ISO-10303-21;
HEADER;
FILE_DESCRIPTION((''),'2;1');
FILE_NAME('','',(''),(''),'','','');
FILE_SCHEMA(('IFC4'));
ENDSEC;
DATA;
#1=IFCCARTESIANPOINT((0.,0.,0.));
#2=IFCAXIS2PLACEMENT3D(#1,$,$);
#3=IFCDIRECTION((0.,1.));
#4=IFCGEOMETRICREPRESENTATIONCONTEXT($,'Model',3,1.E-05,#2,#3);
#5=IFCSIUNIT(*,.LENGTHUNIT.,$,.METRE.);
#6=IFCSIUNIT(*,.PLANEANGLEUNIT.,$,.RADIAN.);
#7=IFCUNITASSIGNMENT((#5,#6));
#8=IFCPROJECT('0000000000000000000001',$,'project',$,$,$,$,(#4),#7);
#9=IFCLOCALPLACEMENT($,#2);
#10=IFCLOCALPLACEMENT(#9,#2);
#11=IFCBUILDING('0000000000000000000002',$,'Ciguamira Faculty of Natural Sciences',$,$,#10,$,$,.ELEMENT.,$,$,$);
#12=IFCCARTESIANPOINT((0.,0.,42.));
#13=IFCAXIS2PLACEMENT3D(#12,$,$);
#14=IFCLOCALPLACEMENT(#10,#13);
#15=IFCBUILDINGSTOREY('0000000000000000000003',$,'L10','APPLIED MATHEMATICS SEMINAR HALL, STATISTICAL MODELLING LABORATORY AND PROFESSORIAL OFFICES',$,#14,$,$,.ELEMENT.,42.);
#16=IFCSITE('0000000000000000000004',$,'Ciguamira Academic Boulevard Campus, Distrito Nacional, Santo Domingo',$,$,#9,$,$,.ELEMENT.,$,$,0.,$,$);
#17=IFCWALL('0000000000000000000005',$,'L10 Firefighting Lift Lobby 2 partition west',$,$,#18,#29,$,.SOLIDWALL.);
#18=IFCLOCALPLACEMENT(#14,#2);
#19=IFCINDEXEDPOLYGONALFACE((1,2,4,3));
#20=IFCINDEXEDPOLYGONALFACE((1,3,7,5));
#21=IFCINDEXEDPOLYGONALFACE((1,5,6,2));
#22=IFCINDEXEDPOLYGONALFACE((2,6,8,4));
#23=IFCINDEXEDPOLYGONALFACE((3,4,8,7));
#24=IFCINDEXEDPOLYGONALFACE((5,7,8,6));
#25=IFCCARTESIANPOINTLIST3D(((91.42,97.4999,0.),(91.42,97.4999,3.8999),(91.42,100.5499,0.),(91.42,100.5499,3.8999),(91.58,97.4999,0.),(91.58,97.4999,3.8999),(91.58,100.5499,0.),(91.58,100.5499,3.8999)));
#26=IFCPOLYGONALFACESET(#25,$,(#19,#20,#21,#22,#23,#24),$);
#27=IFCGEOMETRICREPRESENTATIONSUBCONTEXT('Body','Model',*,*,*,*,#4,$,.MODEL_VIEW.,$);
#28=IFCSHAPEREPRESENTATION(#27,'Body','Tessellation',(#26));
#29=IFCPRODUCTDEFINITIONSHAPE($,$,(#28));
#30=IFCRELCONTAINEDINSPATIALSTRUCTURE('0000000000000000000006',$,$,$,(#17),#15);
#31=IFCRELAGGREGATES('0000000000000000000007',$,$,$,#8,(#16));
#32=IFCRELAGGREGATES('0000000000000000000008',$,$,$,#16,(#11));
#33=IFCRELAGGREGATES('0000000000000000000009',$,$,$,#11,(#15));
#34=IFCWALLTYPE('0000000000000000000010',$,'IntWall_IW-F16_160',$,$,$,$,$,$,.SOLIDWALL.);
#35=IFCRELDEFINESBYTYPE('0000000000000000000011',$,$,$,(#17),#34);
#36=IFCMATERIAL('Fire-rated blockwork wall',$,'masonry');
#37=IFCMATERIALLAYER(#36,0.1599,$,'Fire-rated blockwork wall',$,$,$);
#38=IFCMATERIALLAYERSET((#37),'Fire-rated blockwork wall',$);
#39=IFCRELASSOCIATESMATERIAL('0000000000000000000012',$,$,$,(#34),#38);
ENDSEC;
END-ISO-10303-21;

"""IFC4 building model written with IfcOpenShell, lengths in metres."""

from ifc_helpers import new_model, si_unit, direction, frame, frame_2d, origin, place, context, subcontext, project, spatial, rectangle, extrude, material, layer, layer_set, type_object, element, save


model = new_model("IFC4")

# Units and contexts
model_context = context("Model", 3, precision=1e-05, world=origin(), true_north=direction((0.0, 1.0)))
body_context = subcontext(model_context, "Body", "Model", "MODEL_VIEW")
ifc_project = project(units=[si_unit("LENGTHUNIT", "METRE"), si_unit("PLANEANGLEUNIT", "RADIAN")], contexts=[model_context])

# Site, building, storey
site_placement = place(None, origin())
site = spatial("IfcSite", under=ifc_project, at=site_placement, Name="Ciguamira Academic Boulevard Campus, Distrito Nacional, Santo Domingo", CompositionType="ELEMENT", RefElevation=0.0)
building_placement = place(site_placement, origin())
building = spatial("IfcBuilding", under=site, at=building_placement, Name="Ciguamira Faculty of Natural Sciences", CompositionType="ELEMENT")
storey_placement = place(building_placement, frame((0.0, 0.0, 42.0)))
storey = spatial("IfcBuildingStorey", under=building, at=storey_placement, Name="L10", Description="APPLIED MATHEMATICS SEMINAR HALL, STATISTICAL MODELLING LABORATORY AND PROFESSORIAL OFFICES", CompositionType="ELEMENT", Elevation=42.0)

# Wall
ifc_material_1 = material(Name="Fire-rated blockwork wall", Category="masonry")
ifc_layer_1 = layer(ifc_material_1, 0.1599, Name="Fire-rated blockwork wall")
ifc_layer_set_1 = layer_set([ifc_layer_1], Name="Fire-rated blockwork wall")
wall_type_1 = type_object("IfcWallType", Name="IntWall_IW-F16_160", PredefinedType="SOLIDWALL", material=ifc_layer_set_1)
wall_1_placement = place(storey_placement, frame((91.5, 97.5, 0.0), z_axis=(0.0, 0.0, 1.0), x_axis=(0.0, 1.0, 0.0)))
element("IfcWall", 1, at=wall_1_placement, inside=storey, type_object=wall_type_1, Name="L10 Firefighting Lift Lobby 2 partition west", PredefinedType="SOLIDWALL", context=body_context, shape_type="SweptSolid", body=[
    extrude(rectangle(XDim=3.05, YDim=0.1599, at=frame_2d((1.5249, 0.0))), origin(), (0.0, 0.0, 1.0), 3.8999),
])

save(model, "model.ifc")
